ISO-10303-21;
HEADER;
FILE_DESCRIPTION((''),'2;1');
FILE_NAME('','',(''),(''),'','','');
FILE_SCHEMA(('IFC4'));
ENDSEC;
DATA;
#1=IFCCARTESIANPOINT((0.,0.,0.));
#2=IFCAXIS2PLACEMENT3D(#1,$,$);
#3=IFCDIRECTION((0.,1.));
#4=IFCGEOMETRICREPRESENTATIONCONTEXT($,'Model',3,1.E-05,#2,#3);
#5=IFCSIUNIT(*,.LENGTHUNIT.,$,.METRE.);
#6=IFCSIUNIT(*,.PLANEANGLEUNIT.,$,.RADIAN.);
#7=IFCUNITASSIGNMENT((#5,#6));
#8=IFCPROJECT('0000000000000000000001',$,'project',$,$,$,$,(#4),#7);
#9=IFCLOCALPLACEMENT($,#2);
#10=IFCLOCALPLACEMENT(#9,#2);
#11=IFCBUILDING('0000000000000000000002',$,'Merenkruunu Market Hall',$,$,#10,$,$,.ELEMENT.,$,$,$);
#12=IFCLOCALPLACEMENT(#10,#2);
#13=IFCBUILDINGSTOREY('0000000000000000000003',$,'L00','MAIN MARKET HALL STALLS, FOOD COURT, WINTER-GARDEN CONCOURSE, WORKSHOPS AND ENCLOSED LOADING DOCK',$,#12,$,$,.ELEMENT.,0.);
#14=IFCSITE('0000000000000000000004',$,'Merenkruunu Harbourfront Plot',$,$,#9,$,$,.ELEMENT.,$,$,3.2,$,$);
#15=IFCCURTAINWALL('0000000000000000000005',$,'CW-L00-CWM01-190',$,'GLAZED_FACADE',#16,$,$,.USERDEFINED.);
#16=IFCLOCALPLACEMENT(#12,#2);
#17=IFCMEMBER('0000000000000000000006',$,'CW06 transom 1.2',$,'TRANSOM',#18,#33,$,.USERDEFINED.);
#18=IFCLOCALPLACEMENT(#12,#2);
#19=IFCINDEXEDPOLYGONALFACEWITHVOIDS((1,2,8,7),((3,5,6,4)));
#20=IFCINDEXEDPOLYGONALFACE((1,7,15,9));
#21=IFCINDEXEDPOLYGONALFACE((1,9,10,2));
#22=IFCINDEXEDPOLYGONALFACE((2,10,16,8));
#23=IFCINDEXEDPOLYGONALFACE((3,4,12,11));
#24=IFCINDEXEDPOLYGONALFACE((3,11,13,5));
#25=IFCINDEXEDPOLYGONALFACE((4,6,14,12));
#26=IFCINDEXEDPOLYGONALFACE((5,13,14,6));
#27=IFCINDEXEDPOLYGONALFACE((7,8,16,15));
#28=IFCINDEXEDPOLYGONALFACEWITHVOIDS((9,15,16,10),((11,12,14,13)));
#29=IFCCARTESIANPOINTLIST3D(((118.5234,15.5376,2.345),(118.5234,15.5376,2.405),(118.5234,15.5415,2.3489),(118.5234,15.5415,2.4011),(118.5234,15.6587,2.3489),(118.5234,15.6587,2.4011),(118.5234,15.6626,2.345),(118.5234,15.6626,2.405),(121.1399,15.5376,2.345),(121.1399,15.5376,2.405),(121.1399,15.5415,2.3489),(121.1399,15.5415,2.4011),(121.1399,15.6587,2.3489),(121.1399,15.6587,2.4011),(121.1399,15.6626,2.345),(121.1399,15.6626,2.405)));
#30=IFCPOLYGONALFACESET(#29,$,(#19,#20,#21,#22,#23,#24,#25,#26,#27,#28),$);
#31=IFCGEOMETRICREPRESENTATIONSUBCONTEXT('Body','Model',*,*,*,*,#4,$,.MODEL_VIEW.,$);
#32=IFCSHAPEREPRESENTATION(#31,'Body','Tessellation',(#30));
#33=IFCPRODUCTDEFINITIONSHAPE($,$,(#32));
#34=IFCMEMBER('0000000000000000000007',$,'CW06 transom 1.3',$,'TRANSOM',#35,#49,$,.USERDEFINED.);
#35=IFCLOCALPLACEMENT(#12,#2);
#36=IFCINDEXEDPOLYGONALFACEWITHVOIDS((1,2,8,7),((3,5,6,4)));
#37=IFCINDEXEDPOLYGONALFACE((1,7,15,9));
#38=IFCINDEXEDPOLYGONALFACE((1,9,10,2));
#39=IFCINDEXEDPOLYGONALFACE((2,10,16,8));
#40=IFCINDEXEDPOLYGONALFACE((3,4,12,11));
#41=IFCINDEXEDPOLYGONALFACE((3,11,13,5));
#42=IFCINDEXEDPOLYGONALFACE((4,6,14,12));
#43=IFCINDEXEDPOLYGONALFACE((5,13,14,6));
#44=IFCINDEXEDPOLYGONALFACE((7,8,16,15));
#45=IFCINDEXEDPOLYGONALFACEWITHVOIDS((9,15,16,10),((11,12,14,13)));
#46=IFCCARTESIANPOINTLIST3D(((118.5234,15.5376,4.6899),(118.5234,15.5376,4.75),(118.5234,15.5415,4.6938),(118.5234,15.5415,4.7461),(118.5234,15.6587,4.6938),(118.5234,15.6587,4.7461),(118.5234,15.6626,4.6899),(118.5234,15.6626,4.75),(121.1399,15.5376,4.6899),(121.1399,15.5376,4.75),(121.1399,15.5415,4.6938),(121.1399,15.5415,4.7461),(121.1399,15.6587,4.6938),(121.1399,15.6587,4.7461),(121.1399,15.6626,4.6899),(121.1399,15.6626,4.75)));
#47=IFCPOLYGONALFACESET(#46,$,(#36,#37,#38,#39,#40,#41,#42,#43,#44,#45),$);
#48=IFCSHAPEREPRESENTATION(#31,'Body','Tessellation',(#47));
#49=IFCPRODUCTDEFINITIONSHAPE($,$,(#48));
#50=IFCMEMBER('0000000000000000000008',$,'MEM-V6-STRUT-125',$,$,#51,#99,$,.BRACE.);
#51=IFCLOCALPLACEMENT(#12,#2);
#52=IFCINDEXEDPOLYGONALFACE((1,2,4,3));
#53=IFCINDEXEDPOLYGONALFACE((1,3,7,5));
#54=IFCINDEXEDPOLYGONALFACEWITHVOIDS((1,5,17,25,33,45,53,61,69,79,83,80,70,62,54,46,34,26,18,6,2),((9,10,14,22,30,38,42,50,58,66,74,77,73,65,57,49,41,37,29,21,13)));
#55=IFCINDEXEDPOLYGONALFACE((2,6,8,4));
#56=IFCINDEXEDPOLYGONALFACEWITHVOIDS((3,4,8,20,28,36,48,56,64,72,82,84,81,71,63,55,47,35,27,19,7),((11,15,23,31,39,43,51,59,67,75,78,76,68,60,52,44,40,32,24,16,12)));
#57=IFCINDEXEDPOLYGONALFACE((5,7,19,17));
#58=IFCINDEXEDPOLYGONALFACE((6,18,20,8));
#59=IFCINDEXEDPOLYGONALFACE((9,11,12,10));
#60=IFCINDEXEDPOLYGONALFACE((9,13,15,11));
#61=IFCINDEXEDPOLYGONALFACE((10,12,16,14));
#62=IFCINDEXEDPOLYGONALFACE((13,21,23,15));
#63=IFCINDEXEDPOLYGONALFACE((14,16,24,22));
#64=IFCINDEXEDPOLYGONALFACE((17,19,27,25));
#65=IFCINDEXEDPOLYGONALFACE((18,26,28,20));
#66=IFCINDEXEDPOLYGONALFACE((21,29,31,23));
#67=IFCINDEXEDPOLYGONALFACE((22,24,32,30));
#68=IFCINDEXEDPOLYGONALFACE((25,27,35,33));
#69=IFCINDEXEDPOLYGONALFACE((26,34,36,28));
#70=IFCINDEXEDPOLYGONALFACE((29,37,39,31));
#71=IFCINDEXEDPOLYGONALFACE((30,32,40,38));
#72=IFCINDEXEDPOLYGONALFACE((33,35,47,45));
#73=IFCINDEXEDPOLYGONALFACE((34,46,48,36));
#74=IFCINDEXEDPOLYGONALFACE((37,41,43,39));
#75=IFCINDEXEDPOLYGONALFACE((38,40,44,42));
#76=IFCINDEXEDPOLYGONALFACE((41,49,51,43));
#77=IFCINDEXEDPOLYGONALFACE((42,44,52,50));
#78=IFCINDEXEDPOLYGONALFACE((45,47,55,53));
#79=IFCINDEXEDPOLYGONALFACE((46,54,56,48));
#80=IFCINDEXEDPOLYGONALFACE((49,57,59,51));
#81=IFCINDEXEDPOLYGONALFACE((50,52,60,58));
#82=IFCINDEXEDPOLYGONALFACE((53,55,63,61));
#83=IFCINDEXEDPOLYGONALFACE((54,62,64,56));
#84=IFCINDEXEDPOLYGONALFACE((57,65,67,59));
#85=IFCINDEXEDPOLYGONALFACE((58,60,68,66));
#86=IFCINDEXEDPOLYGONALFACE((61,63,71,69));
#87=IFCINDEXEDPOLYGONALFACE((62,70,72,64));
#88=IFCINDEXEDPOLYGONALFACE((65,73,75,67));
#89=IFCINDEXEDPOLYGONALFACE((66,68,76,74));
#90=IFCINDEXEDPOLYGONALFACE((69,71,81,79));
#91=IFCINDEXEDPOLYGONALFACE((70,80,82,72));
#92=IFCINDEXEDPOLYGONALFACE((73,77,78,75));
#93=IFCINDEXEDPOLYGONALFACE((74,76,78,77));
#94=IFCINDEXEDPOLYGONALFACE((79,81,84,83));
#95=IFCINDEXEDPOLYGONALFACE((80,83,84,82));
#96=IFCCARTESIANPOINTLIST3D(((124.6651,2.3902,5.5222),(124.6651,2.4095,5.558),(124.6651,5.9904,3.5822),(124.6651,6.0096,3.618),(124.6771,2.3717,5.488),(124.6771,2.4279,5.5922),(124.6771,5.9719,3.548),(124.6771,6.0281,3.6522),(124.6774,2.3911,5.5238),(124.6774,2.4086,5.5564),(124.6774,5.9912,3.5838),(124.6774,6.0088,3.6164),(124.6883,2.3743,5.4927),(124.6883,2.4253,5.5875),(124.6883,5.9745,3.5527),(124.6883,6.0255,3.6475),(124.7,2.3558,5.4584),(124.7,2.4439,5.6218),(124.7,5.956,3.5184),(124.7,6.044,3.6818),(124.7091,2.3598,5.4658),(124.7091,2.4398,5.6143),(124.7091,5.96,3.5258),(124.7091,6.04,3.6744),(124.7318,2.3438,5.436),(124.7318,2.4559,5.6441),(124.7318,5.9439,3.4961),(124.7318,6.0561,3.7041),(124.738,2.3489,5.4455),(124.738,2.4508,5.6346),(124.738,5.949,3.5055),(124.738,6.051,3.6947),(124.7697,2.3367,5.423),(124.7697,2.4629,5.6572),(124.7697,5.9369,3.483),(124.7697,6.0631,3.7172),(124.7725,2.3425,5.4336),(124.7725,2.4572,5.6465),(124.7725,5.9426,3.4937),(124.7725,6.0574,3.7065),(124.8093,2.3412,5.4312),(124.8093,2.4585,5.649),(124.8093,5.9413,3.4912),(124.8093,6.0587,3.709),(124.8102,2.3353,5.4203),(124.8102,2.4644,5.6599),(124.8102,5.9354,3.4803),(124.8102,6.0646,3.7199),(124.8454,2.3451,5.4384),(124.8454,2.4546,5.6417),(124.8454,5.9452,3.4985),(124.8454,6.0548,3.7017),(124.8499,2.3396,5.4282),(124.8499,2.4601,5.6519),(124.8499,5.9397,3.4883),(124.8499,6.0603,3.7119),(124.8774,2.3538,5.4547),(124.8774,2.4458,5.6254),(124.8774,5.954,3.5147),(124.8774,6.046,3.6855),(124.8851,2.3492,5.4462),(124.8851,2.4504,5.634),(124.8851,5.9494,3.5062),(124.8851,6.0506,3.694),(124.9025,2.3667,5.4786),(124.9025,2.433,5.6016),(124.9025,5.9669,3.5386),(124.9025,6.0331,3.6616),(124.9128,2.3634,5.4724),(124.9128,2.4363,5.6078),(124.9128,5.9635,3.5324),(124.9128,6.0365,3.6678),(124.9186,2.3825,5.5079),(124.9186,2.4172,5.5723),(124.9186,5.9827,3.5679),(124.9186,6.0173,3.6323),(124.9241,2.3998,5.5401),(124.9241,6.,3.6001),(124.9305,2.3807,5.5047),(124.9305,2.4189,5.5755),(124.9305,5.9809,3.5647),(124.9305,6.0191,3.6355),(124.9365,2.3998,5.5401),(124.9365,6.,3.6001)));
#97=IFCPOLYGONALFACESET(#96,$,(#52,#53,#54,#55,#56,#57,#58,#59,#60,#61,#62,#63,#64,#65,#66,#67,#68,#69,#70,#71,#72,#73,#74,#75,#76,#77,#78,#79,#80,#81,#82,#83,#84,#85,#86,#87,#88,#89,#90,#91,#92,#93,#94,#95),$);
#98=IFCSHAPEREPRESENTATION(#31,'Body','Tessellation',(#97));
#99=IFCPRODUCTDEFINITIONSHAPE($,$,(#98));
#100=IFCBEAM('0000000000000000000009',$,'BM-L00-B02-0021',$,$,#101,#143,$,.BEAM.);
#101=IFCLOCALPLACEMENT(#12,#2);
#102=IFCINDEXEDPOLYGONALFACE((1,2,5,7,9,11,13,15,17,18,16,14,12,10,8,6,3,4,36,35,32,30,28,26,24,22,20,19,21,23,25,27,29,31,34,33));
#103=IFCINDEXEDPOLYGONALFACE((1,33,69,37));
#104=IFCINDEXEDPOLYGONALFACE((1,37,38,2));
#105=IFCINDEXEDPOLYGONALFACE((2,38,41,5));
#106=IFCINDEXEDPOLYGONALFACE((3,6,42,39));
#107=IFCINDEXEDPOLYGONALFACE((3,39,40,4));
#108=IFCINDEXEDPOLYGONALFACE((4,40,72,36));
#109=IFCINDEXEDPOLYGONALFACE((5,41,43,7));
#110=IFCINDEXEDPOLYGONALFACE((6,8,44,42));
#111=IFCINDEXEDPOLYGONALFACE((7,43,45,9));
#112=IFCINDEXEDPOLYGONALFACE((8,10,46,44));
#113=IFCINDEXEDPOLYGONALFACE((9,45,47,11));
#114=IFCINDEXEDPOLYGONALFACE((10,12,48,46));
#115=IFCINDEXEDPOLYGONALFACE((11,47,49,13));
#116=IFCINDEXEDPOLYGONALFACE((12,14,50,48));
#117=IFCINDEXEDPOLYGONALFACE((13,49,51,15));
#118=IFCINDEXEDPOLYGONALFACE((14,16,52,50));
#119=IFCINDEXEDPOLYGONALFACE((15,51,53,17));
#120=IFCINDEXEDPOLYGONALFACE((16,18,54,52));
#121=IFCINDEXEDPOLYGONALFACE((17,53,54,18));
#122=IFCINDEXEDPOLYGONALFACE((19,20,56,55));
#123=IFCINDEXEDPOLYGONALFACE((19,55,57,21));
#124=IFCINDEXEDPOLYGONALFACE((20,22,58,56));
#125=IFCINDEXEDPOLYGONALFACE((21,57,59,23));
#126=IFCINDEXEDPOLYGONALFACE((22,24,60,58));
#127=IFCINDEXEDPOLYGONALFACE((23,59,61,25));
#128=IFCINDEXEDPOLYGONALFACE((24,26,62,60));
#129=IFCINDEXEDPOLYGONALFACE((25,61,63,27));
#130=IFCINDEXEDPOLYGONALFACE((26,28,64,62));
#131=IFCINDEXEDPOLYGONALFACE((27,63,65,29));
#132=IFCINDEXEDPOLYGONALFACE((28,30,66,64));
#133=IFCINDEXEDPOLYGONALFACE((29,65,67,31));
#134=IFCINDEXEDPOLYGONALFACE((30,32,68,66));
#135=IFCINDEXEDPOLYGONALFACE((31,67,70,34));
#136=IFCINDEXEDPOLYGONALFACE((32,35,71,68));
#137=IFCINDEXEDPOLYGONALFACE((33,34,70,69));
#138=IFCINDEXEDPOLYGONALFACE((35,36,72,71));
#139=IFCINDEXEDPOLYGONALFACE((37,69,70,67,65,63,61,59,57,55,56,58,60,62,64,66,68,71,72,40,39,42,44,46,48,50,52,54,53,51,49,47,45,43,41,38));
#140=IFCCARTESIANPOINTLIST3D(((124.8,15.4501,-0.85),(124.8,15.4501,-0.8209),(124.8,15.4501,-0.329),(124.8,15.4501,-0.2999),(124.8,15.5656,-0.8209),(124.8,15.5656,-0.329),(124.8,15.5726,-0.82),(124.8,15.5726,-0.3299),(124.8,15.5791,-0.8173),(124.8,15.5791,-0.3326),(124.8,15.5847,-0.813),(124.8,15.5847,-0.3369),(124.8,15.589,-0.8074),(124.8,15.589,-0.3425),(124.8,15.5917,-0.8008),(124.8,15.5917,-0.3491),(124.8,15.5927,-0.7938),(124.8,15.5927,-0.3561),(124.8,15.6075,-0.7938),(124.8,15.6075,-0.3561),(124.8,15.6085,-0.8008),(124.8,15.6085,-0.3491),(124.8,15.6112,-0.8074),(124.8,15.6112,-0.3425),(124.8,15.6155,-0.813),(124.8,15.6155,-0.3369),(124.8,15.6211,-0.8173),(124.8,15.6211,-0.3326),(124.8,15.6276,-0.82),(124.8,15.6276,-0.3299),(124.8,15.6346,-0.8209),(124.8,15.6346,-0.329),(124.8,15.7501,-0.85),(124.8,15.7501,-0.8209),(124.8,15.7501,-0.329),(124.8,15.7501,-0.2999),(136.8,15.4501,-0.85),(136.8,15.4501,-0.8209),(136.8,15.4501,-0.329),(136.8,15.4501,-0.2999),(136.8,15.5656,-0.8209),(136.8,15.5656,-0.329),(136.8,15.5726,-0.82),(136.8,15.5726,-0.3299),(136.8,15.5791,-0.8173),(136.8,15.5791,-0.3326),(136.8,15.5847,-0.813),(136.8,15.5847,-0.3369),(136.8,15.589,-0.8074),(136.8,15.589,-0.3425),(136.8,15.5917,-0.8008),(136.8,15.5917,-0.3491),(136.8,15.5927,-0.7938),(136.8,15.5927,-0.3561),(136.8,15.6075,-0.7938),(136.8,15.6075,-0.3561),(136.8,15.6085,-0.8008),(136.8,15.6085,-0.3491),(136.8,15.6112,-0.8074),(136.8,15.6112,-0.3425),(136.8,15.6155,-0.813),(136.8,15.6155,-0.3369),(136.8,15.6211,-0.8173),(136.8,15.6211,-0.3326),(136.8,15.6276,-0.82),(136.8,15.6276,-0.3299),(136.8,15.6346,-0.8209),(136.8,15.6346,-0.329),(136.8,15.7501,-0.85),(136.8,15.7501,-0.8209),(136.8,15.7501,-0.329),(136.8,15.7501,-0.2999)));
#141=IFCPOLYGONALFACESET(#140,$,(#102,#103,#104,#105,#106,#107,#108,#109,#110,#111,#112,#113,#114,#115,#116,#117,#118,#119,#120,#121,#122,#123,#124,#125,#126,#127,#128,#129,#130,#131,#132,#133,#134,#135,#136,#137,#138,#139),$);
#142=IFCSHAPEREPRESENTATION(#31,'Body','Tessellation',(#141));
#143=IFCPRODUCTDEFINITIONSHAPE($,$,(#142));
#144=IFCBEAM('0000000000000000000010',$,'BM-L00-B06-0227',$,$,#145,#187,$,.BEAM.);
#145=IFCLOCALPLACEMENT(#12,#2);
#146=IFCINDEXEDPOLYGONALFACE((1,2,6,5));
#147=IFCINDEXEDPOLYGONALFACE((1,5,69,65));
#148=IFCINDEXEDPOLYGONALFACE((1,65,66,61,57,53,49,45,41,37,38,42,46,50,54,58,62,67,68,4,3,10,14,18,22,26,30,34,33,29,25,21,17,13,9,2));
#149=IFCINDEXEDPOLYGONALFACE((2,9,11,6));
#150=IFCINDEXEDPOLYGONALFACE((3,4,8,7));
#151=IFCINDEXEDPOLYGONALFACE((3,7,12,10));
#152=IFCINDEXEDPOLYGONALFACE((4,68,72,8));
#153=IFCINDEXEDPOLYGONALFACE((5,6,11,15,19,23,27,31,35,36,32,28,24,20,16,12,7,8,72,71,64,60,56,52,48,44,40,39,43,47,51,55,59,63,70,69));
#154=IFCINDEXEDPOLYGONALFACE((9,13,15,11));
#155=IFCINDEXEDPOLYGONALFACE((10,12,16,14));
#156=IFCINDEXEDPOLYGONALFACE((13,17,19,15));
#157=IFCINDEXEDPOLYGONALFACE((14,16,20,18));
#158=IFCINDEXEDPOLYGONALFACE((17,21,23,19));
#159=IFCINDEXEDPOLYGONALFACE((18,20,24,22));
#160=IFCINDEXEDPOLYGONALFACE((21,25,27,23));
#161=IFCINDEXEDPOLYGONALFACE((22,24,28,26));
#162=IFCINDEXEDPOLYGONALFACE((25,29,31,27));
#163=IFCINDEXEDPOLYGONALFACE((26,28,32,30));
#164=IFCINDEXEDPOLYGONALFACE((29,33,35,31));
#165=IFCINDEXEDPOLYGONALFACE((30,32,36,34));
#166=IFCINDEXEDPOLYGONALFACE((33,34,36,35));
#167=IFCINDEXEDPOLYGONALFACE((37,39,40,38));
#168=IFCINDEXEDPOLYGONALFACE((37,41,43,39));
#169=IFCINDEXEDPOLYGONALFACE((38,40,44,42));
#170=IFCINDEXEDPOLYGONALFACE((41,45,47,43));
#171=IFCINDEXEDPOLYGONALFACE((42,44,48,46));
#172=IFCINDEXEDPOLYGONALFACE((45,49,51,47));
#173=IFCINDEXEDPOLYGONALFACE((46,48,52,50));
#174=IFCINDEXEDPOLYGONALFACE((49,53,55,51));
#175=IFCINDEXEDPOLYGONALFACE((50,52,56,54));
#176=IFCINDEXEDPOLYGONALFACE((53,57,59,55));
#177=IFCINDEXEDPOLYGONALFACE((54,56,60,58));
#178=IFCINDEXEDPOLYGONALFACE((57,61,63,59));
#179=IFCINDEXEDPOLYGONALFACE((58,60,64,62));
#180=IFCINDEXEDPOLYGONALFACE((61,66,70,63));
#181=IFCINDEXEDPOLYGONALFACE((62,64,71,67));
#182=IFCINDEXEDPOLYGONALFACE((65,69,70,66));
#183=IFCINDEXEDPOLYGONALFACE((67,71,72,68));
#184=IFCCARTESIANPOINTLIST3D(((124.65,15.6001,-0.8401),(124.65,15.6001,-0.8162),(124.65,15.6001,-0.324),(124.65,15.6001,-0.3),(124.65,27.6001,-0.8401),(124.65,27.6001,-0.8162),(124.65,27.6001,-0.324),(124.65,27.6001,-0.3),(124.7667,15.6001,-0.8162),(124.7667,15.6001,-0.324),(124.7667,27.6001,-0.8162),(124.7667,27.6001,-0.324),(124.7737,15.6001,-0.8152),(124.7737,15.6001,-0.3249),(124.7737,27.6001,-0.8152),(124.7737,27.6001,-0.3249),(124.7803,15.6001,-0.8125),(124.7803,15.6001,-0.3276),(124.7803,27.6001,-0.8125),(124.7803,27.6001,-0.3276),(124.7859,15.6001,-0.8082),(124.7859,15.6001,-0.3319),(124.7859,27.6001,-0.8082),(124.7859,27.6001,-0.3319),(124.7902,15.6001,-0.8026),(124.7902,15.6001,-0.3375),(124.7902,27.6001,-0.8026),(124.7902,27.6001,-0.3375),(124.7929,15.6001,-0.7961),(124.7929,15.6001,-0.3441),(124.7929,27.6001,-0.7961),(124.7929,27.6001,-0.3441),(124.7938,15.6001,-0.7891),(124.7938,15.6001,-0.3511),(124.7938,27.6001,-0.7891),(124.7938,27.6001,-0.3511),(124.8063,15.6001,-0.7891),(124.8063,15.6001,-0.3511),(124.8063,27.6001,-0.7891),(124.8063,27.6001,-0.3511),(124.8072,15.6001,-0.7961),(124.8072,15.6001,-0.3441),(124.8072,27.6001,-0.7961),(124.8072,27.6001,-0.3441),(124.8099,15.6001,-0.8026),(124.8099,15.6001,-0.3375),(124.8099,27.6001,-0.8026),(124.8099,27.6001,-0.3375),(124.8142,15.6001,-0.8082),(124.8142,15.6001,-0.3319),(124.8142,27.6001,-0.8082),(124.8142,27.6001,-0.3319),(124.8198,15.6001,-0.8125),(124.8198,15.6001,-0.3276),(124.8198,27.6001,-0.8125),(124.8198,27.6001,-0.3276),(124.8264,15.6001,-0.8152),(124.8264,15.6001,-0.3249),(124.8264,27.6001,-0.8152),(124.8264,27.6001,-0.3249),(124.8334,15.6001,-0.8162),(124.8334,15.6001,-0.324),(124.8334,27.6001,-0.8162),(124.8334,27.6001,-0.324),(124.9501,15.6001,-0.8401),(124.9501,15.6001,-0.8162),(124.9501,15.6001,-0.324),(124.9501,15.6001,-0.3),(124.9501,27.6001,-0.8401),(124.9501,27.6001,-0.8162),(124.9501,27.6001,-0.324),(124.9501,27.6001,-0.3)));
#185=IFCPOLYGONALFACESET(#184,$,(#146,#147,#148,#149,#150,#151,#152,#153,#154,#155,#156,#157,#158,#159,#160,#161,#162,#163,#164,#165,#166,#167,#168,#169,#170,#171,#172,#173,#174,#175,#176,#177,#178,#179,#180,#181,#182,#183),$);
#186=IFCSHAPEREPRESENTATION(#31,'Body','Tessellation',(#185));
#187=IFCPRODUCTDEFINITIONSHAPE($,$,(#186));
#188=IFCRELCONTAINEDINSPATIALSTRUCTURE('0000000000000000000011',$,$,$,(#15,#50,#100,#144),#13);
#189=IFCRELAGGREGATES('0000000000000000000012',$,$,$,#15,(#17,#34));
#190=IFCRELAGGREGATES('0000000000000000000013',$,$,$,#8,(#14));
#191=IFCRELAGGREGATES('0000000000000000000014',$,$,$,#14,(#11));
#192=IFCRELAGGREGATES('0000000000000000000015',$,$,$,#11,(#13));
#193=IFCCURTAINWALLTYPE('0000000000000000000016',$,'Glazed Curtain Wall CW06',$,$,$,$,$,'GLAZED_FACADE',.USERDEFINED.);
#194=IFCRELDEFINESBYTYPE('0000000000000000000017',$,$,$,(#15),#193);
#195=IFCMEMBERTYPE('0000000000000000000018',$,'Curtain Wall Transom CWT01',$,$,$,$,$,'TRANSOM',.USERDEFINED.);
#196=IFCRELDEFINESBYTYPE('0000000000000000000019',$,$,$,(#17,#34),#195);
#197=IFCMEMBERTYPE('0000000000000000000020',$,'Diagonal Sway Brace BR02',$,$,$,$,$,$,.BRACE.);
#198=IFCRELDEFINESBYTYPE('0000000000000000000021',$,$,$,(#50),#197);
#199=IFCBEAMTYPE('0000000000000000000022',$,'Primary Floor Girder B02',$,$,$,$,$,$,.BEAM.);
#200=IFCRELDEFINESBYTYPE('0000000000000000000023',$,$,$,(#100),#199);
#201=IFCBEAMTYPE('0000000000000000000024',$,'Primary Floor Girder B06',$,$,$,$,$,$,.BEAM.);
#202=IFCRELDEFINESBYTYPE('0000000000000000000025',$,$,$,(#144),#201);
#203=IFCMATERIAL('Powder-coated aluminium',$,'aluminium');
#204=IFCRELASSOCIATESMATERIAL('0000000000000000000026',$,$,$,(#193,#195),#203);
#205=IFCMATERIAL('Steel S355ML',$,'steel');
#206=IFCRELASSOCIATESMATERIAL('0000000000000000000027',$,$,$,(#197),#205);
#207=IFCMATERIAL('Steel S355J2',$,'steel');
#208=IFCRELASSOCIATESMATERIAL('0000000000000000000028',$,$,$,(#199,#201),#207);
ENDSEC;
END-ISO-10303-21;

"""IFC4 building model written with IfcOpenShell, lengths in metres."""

from ifc_helpers import new_model, si_unit, direction, frame, origin, origin_2d, place, context, subcontext, project, spatial, hollow_rectangle, hollow_circle, i_section, extrude, material, material_profile, profile_set, type_object, element, aggregate, save


model = new_model("IFC4")

# Units and contexts
model_context = context("Model", 3, precision=1e-05, world=origin(), true_north=direction((0.0, 1.0)))
body_context = subcontext(model_context, "Body", "Model", "MODEL_VIEW")
ifc_project = project(units=[si_unit("LENGTHUNIT", "METRE"), si_unit("PLANEANGLEUNIT", "RADIAN")], contexts=[model_context])

# Site, building, storey
site_placement = place(None, origin())
site = spatial("IfcSite", under=ifc_project, at=site_placement, Name="Merenkruunu Harbourfront Plot", CompositionType="ELEMENT", RefElevation=3.2)
building_placement = place(site_placement, origin())
building = spatial("IfcBuilding", under=site, at=building_placement, Name="Merenkruunu Market Hall", CompositionType="ELEMENT")
storey_placement = place(building_placement, origin())
storey = spatial("IfcBuildingStorey", under=building, at=storey_placement, Name="L00", Description="MAIN MARKET HALL STALLS, FOOD COURT, WINTER-GARDEN CONCOURSE, WORKSHOPS AND ENCLOSED LOADING DOCK", CompositionType="ELEMENT", Elevation=0.0)

# Shared definitions
ifc_material_1 = material(Name="Steel S355J2", Category="steel")
ifc_material_2 = material(Name="Steel S355ML", Category="steel")

# Curtain wall
ifc_material_3 = material(Name="Powder-coated aluminium", Category="aluminium")
curtain_wall_type_1 = type_object("IfcCurtainWallType", Name="Glazed Curtain Wall CW06", ElementType="GLAZED_FACADE", PredefinedType="USERDEFINED", material=ifc_material_3)
curtain_wall_1_placement = place(storey_placement, origin())
curtain_wall_1 = element("IfcCurtainWall", 1, at=curtain_wall_1_placement, inside=storey, type_object=curtain_wall_type_1, Name="CW-L00-CWM01-190", ObjectType="GLAZED_FACADE", PredefinedType="USERDEFINED")

# Members
ifc_material_profile_1 = material_profile(ifc_material_3, hollow_rectangle(XDim=0.0601, YDim=0.125, WallThickness=0.0039, at=origin_2d()), Name="ALU 60x125x4")
ifc_profile_set_1 = profile_set([ifc_material_profile_1], Name="Powder-coated aluminium")
member_type_1 = type_object("IfcMemberType", Name="Curtain Wall Transom CWT01", ElementType="TRANSOM", PredefinedType="USERDEFINED", material=ifc_profile_set_1)
member_1_placement = place(storey_placement, frame((121.1399, 15.6001, 2.375), z_axis=(-1.0, 0.0, 0.0), x_axis=(0.0, 0.0, 1.0)))
member_1 = element("IfcMember", 2, at=member_1_placement, type_object=member_type_1, Name="CW06 transom 1.2", ObjectType="TRANSOM", PredefinedType="USERDEFINED", context=body_context, shape_type="SweptSolid", body=[
    extrude(hollow_rectangle(XDim=0.0601, YDim=0.125, WallThickness=0.0039, at=origin_2d()), origin(), (0.0, 0.0, 1.0), 2.6165),
])
member_2_placement = place(storey_placement, frame((121.1399, 15.6001, 4.72), z_axis=(-1.0, 0.0, 0.0), x_axis=(0.0, 0.0, 1.0)))
member_2 = element("IfcMember", 3, at=member_2_placement, type_object=member_type_1, Name="CW06 transom 1.3", ObjectType="TRANSOM", PredefinedType="USERDEFINED", context=body_context, shape_type="SweptSolid", body=[
    extrude(hollow_rectangle(XDim=0.0601, YDim=0.125, WallThickness=0.0039, at=origin_2d()), origin(), (0.0, 0.0, 1.0), 2.6165),
])
aggregate(curtain_wall_1, [member_1, member_2])
ifc_material_profile_2 = material_profile(ifc_material_2, hollow_circle(Radius=0.1365, WallThickness=0.0125, at=origin_2d()), Name="CHS 273x12.5")
ifc_profile_set_2 = profile_set([ifc_material_profile_2], Name="Steel S355ML")
member_type_2 = type_object("IfcMemberType", Name="Diagonal Sway Brace BR02", PredefinedType="BRACE", material=ifc_profile_set_2)
member_3_placement = place(storey_placement, frame((124.8, 6.0, 3.6001), z_axis=(0.0, -0.880325, 0.47437), x_axis=(1.0, 0.0, 0.0)))
element("IfcMember", 4, at=member_3_placement, inside=storey, type_object=member_type_2, Name="MEM-V6-STRUT-125", PredefinedType="BRACE", context=body_context, shape_type="SweptSolid", body=[
    extrude(hollow_circle(Radius=0.1365, WallThickness=0.0125, at=origin_2d()), origin(), (0.0, 0.0, 1.0), 4.0896),
])

# Beams
ifc_material_profile_3 = material_profile(ifc_material_1, i_section(OverallWidth=0.3, OverallDepth=0.55, WebThickness=0.0149, FlangeThickness=0.0291, FilletRadius=0.0271, at=origin_2d()), Name="HEB 550")
ifc_profile_set_3 = profile_set([ifc_material_profile_3], Name="Steel S355J2")
beam_type_1 = type_object("IfcBeamType", Name="Primary Floor Girder B02", PredefinedType="BEAM", material=ifc_profile_set_3)
beam_1_placement = place(storey_placement, frame((124.8, 15.6001, -0.575), z_axis=(1.0, 0.0, 0.0), x_axis=(0.0, 1.0, 0.0)))
element("IfcBeam", 5, at=beam_1_placement, inside=storey, type_object=beam_type_1, Name="BM-L00-B02-0021", PredefinedType="BEAM", context=body_context, shape_type="SweptSolid", body=[
    extrude(i_section(OverallWidth=0.3, OverallDepth=0.55, WebThickness=0.0149, FlangeThickness=0.0291, FilletRadius=0.0271, at=origin_2d()), origin(), (0.0, 0.0, 1.0), 12.0),
])
ifc_material_profile_4 = material_profile(ifc_material_1, i_section(OverallWidth=0.3, OverallDepth=0.54, WebThickness=0.0125, FlangeThickness=0.0239, FilletRadius=0.0271, at=origin_2d()), Name="HEA 550")
ifc_profile_set_4 = profile_set([ifc_material_profile_4], Name="Steel S355J2")
beam_type_2 = type_object("IfcBeamType", Name="Primary Floor Girder B06", PredefinedType="BEAM", material=ifc_profile_set_4)
beam_2_placement = place(storey_placement, frame((124.8, 15.6001, -0.5701), z_axis=(0.0, 1.0, 0.0), x_axis=(-1.0, 0.0, 0.0)))
element("IfcBeam", 6, at=beam_2_placement, inside=storey, type_object=beam_type_2, Name="BM-L00-B06-0227", PredefinedType="BEAM", context=body_context, shape_type="SweptSolid", body=[
    extrude(i_section(OverallWidth=0.3, OverallDepth=0.54, WebThickness=0.0125, FlangeThickness=0.0239, FilletRadius=0.0271, at=origin_2d()), origin(), (0.0, 0.0, 1.0), 12.0),
])

save(model, "model.ifc")
